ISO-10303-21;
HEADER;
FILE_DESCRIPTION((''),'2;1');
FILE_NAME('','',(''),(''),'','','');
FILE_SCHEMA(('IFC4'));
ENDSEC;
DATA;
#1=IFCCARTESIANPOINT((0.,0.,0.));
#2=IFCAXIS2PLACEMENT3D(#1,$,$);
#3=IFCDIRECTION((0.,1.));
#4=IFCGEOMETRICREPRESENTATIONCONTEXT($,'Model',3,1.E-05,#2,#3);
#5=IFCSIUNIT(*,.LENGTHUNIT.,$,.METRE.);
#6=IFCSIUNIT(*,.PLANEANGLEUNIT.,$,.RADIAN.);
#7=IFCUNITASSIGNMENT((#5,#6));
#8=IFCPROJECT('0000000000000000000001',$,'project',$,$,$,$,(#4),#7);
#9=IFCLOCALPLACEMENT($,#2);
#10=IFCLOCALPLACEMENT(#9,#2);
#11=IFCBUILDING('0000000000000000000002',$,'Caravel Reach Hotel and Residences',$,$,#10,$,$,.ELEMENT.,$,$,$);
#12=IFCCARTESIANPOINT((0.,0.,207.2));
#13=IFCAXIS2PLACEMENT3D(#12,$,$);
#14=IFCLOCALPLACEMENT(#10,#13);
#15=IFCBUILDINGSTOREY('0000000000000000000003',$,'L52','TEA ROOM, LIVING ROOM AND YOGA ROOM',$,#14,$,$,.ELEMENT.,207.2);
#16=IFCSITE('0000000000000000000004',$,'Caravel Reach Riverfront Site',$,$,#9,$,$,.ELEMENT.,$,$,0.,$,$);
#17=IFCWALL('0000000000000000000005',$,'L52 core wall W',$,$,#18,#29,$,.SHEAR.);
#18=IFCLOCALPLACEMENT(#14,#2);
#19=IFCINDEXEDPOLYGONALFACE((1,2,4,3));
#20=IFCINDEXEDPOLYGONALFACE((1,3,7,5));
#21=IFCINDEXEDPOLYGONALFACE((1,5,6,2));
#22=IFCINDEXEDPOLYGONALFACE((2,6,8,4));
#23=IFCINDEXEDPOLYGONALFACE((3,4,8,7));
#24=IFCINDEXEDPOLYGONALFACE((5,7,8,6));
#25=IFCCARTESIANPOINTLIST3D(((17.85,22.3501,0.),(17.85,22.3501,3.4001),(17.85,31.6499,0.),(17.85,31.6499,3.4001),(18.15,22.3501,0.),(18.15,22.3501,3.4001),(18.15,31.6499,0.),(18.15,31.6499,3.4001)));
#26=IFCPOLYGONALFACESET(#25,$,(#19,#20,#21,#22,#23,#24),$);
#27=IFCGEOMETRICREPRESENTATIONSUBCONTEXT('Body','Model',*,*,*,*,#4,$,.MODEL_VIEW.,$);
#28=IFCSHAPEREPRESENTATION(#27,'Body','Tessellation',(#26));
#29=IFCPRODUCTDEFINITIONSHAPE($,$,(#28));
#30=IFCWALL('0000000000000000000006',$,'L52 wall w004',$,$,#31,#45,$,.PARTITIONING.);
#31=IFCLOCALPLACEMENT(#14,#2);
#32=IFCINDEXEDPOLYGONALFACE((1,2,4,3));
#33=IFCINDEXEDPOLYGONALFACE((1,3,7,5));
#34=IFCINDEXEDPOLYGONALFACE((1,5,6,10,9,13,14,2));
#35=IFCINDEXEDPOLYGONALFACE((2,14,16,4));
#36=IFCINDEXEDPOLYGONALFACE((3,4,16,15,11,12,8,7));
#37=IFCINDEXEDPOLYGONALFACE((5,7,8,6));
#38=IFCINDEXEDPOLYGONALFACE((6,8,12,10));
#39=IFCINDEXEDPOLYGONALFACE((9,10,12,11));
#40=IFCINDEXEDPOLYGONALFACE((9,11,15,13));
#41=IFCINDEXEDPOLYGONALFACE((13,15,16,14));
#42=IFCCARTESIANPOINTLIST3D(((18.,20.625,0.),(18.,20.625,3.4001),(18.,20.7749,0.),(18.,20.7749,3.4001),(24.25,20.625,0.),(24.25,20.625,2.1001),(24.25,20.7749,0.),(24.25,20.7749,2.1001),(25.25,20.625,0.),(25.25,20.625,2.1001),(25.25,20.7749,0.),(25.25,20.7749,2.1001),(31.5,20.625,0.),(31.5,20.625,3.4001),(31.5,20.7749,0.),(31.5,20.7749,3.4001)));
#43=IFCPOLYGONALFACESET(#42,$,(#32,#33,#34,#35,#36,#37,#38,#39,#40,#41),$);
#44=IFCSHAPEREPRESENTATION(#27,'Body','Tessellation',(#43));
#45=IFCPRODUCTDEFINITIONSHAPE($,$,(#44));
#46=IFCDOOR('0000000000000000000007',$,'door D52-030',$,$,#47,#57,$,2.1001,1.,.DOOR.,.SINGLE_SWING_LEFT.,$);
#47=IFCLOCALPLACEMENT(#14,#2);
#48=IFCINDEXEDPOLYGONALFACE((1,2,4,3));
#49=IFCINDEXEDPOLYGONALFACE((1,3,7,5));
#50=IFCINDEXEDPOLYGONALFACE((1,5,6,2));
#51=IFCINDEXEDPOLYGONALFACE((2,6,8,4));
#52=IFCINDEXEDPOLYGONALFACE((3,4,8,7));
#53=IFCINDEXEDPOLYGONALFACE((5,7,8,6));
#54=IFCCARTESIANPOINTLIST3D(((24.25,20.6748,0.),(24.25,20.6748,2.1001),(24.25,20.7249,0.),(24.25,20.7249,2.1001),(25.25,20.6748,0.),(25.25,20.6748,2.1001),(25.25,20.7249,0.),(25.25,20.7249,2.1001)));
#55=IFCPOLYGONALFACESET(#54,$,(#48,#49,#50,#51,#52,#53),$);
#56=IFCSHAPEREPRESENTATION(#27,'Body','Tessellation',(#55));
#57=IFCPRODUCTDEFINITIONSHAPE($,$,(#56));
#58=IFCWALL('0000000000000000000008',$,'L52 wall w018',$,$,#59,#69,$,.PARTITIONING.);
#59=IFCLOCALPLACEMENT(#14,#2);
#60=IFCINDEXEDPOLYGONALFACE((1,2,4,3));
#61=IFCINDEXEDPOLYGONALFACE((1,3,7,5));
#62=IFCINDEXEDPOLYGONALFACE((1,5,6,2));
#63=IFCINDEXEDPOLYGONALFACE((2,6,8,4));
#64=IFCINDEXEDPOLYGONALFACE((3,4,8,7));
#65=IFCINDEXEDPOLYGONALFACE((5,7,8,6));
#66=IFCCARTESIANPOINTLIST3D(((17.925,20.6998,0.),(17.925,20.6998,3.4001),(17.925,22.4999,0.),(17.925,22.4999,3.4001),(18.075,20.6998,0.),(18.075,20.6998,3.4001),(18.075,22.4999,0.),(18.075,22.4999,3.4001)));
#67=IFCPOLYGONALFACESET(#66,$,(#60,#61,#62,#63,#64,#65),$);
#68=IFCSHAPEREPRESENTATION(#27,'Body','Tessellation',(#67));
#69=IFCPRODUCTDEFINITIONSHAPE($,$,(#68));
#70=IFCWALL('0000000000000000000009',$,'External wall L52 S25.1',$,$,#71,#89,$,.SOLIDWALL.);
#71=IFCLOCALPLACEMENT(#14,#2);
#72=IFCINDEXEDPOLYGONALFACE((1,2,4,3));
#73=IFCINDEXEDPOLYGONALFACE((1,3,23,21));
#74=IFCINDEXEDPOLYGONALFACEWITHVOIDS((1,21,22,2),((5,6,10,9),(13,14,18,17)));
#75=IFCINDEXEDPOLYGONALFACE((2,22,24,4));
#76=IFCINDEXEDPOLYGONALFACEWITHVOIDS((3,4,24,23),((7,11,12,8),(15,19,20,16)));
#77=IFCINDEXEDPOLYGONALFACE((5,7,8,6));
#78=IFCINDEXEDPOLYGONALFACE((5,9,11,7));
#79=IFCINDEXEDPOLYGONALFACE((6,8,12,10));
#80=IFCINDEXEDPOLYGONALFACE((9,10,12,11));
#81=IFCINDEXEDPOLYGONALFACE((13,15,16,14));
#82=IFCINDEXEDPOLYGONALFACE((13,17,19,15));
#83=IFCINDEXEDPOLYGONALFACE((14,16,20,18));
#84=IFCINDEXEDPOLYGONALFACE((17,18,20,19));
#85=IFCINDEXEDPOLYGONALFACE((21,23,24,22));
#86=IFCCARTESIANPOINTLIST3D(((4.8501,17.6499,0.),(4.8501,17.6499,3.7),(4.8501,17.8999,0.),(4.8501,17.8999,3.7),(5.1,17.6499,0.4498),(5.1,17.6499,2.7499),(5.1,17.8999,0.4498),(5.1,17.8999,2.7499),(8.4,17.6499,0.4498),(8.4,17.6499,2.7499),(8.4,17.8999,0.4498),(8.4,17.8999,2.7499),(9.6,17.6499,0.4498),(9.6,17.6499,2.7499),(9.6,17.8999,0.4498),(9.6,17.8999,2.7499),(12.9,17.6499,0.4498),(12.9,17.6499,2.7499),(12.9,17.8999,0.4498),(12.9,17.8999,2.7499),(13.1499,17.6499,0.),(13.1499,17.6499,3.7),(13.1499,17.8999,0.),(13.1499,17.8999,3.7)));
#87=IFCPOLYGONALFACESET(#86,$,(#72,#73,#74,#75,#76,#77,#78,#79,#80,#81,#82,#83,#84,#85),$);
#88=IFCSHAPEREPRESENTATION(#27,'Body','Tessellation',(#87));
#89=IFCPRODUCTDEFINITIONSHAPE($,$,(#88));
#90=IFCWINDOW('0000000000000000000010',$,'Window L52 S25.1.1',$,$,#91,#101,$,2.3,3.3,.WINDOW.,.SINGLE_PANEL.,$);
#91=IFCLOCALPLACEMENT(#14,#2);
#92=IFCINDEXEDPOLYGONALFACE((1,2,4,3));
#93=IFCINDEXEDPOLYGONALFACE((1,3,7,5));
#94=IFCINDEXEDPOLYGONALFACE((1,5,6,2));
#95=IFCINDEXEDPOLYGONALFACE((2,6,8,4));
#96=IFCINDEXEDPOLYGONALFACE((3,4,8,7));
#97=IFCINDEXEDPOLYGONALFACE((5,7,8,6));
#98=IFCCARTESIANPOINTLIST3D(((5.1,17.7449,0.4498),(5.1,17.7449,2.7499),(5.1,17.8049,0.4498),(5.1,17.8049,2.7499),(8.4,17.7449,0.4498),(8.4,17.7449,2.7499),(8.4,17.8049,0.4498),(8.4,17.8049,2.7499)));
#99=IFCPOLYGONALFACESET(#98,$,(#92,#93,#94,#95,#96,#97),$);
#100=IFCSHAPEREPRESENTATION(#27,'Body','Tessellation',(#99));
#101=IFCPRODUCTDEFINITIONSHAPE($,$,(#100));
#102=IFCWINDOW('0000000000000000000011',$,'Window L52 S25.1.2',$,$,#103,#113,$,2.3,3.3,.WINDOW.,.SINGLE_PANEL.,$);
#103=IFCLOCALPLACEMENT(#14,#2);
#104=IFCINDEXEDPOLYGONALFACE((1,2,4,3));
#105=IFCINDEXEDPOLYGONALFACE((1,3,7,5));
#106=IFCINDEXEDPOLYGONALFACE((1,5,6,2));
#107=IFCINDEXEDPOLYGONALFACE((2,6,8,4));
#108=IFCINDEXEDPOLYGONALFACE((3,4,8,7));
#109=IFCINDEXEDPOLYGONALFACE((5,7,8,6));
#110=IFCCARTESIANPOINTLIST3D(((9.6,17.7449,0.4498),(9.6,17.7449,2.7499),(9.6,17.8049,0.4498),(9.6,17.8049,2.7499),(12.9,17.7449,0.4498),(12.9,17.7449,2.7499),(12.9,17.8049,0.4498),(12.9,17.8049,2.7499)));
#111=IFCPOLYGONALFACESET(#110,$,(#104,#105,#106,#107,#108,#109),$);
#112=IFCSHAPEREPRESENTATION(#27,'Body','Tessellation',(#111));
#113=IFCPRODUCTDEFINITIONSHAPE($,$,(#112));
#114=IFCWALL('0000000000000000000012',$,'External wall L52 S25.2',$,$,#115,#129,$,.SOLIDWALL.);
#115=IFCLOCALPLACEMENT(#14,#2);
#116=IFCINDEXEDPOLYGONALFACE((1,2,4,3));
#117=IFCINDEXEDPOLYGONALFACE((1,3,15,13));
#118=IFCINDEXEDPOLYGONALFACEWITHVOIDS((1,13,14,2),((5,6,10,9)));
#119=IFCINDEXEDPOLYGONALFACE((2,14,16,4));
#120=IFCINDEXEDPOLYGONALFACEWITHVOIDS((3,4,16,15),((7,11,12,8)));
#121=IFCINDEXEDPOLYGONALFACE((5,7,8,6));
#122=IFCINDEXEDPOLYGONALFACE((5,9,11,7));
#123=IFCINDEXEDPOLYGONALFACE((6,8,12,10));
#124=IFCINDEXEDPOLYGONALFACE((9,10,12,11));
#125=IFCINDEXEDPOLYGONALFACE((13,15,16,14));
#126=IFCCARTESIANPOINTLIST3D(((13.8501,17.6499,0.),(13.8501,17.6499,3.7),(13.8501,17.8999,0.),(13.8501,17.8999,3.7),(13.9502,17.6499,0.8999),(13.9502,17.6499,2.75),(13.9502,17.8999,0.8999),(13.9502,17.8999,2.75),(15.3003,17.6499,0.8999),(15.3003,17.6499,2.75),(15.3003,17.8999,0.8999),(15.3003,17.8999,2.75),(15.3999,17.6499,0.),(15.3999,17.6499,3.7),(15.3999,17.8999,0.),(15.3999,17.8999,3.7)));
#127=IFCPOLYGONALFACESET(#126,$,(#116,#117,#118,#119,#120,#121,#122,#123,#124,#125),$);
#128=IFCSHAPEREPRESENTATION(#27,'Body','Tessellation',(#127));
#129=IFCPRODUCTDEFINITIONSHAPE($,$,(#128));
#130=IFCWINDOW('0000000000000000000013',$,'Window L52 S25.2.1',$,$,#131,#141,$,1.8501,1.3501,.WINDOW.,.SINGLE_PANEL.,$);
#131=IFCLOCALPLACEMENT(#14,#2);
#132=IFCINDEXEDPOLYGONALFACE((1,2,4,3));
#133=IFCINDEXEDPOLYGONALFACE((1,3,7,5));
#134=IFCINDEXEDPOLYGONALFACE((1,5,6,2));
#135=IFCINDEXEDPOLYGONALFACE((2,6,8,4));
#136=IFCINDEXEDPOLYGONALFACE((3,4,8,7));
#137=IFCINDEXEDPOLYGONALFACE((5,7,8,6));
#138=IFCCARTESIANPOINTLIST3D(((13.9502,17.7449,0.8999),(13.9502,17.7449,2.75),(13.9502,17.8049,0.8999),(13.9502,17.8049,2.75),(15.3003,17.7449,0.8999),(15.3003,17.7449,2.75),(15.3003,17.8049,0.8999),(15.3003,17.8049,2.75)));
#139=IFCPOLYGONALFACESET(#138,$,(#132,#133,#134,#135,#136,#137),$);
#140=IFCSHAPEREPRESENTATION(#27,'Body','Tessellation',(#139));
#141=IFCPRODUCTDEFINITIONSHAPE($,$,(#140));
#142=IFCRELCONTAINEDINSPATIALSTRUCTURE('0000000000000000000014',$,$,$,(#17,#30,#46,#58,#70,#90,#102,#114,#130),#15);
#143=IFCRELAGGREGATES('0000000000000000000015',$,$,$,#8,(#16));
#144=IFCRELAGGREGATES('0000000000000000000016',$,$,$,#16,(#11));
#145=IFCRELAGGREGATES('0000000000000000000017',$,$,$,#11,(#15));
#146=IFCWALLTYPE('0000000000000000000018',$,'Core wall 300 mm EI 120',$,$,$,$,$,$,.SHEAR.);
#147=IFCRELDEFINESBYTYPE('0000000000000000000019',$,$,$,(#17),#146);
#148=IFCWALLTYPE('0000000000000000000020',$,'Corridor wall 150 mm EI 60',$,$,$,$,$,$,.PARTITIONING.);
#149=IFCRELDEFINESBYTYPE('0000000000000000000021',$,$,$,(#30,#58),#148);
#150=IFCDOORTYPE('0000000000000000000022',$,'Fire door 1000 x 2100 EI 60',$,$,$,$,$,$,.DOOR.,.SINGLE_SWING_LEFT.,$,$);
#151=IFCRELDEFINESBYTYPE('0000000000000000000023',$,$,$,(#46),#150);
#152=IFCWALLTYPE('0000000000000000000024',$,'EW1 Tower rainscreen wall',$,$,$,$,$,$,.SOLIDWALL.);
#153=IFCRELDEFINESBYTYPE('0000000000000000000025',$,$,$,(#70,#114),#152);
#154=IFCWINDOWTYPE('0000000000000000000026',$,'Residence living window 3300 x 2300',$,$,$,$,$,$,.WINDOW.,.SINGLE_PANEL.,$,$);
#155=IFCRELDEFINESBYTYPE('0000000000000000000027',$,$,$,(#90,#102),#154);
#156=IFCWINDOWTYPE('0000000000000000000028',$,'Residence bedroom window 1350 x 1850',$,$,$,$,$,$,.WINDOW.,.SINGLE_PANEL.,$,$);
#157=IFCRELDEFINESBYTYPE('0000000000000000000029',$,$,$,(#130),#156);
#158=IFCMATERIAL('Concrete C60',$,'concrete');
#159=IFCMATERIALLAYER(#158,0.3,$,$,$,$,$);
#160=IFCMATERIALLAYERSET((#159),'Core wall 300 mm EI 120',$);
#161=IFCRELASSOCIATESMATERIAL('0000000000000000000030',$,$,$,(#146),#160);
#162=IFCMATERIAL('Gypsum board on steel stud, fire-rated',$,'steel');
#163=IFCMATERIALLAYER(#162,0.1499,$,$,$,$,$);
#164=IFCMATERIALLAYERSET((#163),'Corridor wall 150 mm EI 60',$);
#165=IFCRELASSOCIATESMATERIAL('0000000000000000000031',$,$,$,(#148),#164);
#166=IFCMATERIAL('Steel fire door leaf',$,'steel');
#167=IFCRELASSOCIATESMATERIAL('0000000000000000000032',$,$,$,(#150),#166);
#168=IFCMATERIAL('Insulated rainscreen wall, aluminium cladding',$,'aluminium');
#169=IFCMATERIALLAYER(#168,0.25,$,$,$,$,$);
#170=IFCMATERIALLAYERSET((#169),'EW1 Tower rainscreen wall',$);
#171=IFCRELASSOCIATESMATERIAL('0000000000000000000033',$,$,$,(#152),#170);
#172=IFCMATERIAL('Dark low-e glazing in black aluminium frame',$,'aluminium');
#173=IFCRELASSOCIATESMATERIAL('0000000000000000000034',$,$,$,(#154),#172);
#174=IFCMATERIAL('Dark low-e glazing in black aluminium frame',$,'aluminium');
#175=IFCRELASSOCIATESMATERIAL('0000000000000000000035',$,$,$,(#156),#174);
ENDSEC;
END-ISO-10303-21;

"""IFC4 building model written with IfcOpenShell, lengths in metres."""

from ifc_helpers import new_model, si_unit, direction, frame, frame_2d, origin, place, context, subcontext, project, spatial, rectangle, extrude, material, layer, layer_set, type_object, element, fill, save


model = new_model("IFC4")

# Units and contexts
model_context = context("Model", 3, precision=1e-05, world=origin(), true_north=direction((0.0, 1.0)))
body_context = subcontext(model_context, "Body", "Model", "MODEL_VIEW")
ifc_project = project(units=[si_unit("LENGTHUNIT", "METRE"), si_unit("PLANEANGLEUNIT", "RADIAN")], contexts=[model_context])

# Site, building, storey
site_placement = place(None, origin())
site = spatial("IfcSite", under=ifc_project, at=site_placement, Name="Caravel Reach Riverfront Site", CompositionType="ELEMENT", RefElevation=0.0)
building_placement = place(site_placement, origin())
building = spatial("IfcBuilding", under=site, at=building_placement, Name="Caravel Reach Hotel and Residences", CompositionType="ELEMENT")
storey_placement = place(building_placement, frame((0.0, 0.0, 207.2)))
storey = spatial("IfcBuildingStorey", under=building, at=storey_placement, Name="L52", Description="TEA ROOM, LIVING ROOM AND YOGA ROOM", CompositionType="ELEMENT", Elevation=207.2)

# Wall
ifc_material_1 = material(Name="Concrete C60", Category="concrete")
ifc_layer_1 = layer(ifc_material_1, 0.3)
ifc_layer_set_1 = layer_set([ifc_layer_1], Name="Core wall 300 mm EI 120")
wall_type_1 = type_object("IfcWallType", Name="Core wall 300 mm EI 120", PredefinedType="SHEAR", material=ifc_layer_set_1)
wall_1_placement = place(storey_placement, frame((18.0, 22.3501, 0.0), z_axis=(0.0, 0.0, 1.0), x_axis=(0.0, 1.0, 0.0)))
element("IfcWall", 1, at=wall_1_placement, inside=storey, type_object=wall_type_1, Name="L52 core wall W", PredefinedType="SHEAR", context=body_context, shape_type="SweptSolid", body=[
    extrude(rectangle(XDim=9.2998, YDim=0.3, at=frame_2d((4.6499, 0.0))), origin(), (0.0, 0.0, 1.0), 3.4001),
])

# Wall, opening, door
ifc_material_2 = material(Name="Gypsum board on steel stud, fire-rated", Category="steel")
ifc_layer_2 = layer(ifc_material_2, 0.1499)
ifc_layer_set_2 = layer_set([ifc_layer_2], Name="Corridor wall 150 mm EI 60")
wall_type_2 = type_object("IfcWallType", Name="Corridor wall 150 mm EI 60", PredefinedType="PARTITIONING", material=ifc_layer_set_2)
wall_2_placement = place(storey_placement, frame((18.0, 20.7, 0.0), z_axis=(0.0, 0.0, 1.0), x_axis=(1.0, 0.0, 0.0)))
wall_2 = element("IfcWall", 2, at=wall_2_placement, inside=storey, type_object=wall_type_2, Name="L52 wall w004", PredefinedType="PARTITIONING", context=body_context, shape_type="SweptSolid", body=[
    extrude(rectangle(XDim=13.5, YDim=0.1499, at=frame_2d((6.75, 0.0))), origin(), (0.0, 0.0, 1.0), 3.4001),
])
opening_1_placement = place(wall_2_placement, frame((6.25, 0.0, 0.0)))
opening_1 = element("IfcOpeningElement", 3, at=opening_1_placement, cuts=wall_2, PredefinedType="OPENING", context=body_context, shape_type="SweptSolid", body=[
    extrude(rectangle(XDim=1.0, YDim=2.1001, at=frame_2d((0.5, 1.05))), frame((0.0, 0.085, 0.0), z_axis=(0.0, -1.0, 0.0), x_axis=(1.0, 0.0, 0.0)), (0.0, 0.0, 1.0), 0.1699),
])
ifc_material_3 = material(Name="Steel fire door leaf", Category="steel")
door_type = type_object("IfcDoorType", Name="Fire door 1000 x 2100 EI 60", OperationType="SINGLE_SWING_LEFT", PredefinedType="DOOR", material=ifc_material_3)
door_placement = place(opening_1_placement, origin())
door = element("IfcDoor", 4, at=door_placement, inside=storey, type_object=door_type, Name="door D52-030", OperationType="SINGLE_SWING_LEFT", OverallHeight=2.1001, OverallWidth=1.0, PredefinedType="DOOR", context=body_context, shape_type="SweptSolid", body=[
    extrude(rectangle(XDim=1.0, YDim=2.1001, at=frame_2d((0.5, 1.05))), frame((0.0, 0.0249, 0.0), z_axis=(0.0, -1.0, 0.0), x_axis=(1.0, 0.0, 0.0)), (0.0, 0.0, 1.0), 0.05),
])
fill(opening_1, door)

# Wall
wall_3_placement = place(storey_placement, frame((18.0, 20.7, 0.0), z_axis=(0.0, 0.0, 1.0), x_axis=(0.0, 1.0, 0.0)))
element("IfcWall", 5, at=wall_3_placement, inside=storey, type_object=wall_type_2, Name="L52 wall w018", PredefinedType="PARTITIONING", context=body_context, shape_type="SweptSolid", body=[
    extrude(rectangle(XDim=1.8, YDim=0.1499, at=frame_2d((0.8999, 0.0))), origin(), (0.0, 0.0, 1.0), 3.4001),
])

# Wall, openings, windows
ifc_material_4 = material(Name="Insulated rainscreen wall, aluminium cladding", Category="aluminium")
ifc_layer_3 = layer(ifc_material_4, 0.25)
ifc_layer_set_3 = layer_set([ifc_layer_3], Name="EW1 Tower rainscreen wall")
wall_type_3 = type_object("IfcWallType", Name="EW1 Tower rainscreen wall", PredefinedType="SOLIDWALL", material=ifc_layer_set_3)
wall_4_placement = place(storey_placement, frame((4.8501, 17.7749, 0.0), z_axis=(0.0, 0.0, 1.0), x_axis=(1.0, 0.0, 0.0)))
wall_4 = element("IfcWall", 6, at=wall_4_placement, inside=storey, type_object=wall_type_3, Name="External wall L52 S25.1", PredefinedType="SOLIDWALL", context=body_context, shape_type="SweptSolid", body=[
    extrude(rectangle(XDim=8.2998, YDim=0.25, at=frame_2d((4.1499, 0.0))), origin(), (0.0, 0.0, 1.0), 3.7),
])
opening_2_placement = place(wall_4_placement, frame((0.25, 0.0, 0.45)))
opening_2 = element("IfcOpeningElement", 7, at=opening_2_placement, cuts=wall_4, PredefinedType="OPENING", context=body_context, shape_type="SweptSolid", body=[
    extrude(rectangle(XDim=3.3, YDim=2.3, at=frame_2d((1.6499, 1.1499))), frame((0.0, 0.135, 0.0), z_axis=(0.0, -1.0, 0.0), x_axis=(1.0, 0.0, 0.0)), (0.0, 0.0, 1.0), 0.27),
])
opening_3_placement = place(wall_4_placement, frame((4.75, 0.0, 0.45)))
opening_3 = element("IfcOpeningElement", 8, at=opening_3_placement, cuts=wall_4, PredefinedType="OPENING", context=body_context, shape_type="SweptSolid", body=[
    extrude(rectangle(XDim=3.3, YDim=2.3, at=frame_2d((1.6499, 1.1499))), frame((0.0, 0.135, 0.0), z_axis=(0.0, -1.0, 0.0), x_axis=(1.0, 0.0, 0.0)), (0.0, 0.0, 1.0), 0.27),
])
ifc_material_5 = material(Name="Dark low-e glazing in black aluminium frame", Category="aluminium")
window_type_1 = type_object("IfcWindowType", Name="Residence living window 3300 x 2300", PartitioningType="SINGLE_PANEL", PredefinedType="WINDOW", material=ifc_material_5)
window_1_placement = place(opening_2_placement, origin())
window_1 = element("IfcWindow", 9, at=window_1_placement, inside=storey, type_object=window_type_1, Name="Window L52 S25.1.1", OverallHeight=2.3, OverallWidth=3.3, PartitioningType="SINGLE_PANEL", PredefinedType="WINDOW", context=body_context, shape_type="SweptSolid", body=[
    extrude(rectangle(XDim=3.3, YDim=2.3, at=frame_2d((1.6499, 1.1499))), frame((0.0, 0.03, 0.0), z_axis=(0.0, -1.0, 0.0), x_axis=(1.0, 0.0, 0.0)), (0.0, 0.0, 1.0), 0.0601),
])
fill(opening_2, window_1)
window_2_placement = place(opening_3_placement, origin())
window_2 = element("IfcWindow", 10, at=window_2_placement, inside=storey, type_object=window_type_1, Name="Window L52 S25.1.2", OverallHeight=2.3, OverallWidth=3.3, PartitioningType="SINGLE_PANEL", PredefinedType="WINDOW", context=body_context, shape_type="SweptSolid", body=[
    extrude(rectangle(XDim=3.3, YDim=2.3, at=frame_2d((1.6499, 1.1499))), frame((0.0, 0.03, 0.0), z_axis=(0.0, -1.0, 0.0), x_axis=(1.0, 0.0, 0.0)), (0.0, 0.0, 1.0), 0.0601),
])
fill(opening_3, window_2)

# Wall, opening, window
wall_5_placement = place(storey_placement, frame((13.8501, 17.7749, 0.0), z_axis=(0.0, 0.0, 1.0), x_axis=(1.0, 0.0, 0.0)))
wall_5 = element("IfcWall", 11, at=wall_5_placement, inside=storey, type_object=wall_type_3, Name="External wall L52 S25.2", PredefinedType="SOLIDWALL", context=body_context, shape_type="SweptSolid", body=[
    extrude(rectangle(XDim=1.5498, YDim=0.25, at=frame_2d((0.7749, 0.0))), origin(), (0.0, 0.0, 1.0), 3.7),
])
opening_4_placement = place(wall_5_placement, frame((0.1001, 0.0, 0.8999)))
opening_4 = element("IfcOpeningElement", 12, at=opening_4_placement, cuts=wall_5, PredefinedType="OPENING", context=body_context, shape_type="SweptSolid", body=[
    extrude(rectangle(XDim=1.3501, YDim=1.8501, at=frame_2d((0.675, 0.925))), frame((0.0, 0.135, 0.0), z_axis=(0.0, -1.0, 0.0), x_axis=(1.0, 0.0, 0.0)), (0.0, 0.0, 1.0), 0.27),
])
ifc_material_6 = material(Name="Dark low-e glazing in black aluminium frame", Category="aluminium")
window_type_2 = type_object("IfcWindowType", Name="Residence bedroom window 1350 x 1850", PartitioningType="SINGLE_PANEL", PredefinedType="WINDOW", material=ifc_material_6)
window_3_placement = place(opening_4_placement, origin())
window_3 = element("IfcWindow", 13, at=window_3_placement, inside=storey, type_object=window_type_2, Name="Window L52 S25.2.1", OverallHeight=1.8501, OverallWidth=1.3501, PartitioningType="SINGLE_PANEL", PredefinedType="WINDOW", context=body_context, shape_type="SweptSolid", body=[
    extrude(rectangle(XDim=1.3501, YDim=1.8501, at=frame_2d((0.675, 0.925))), frame((0.0, 0.03, 0.0), z_axis=(0.0, -1.0, 0.0), x_axis=(1.0, 0.0, 0.0)), (0.0, 0.0, 1.0), 0.0601),
])
fill(opening_4, window_3)

save(model, "model.ifc")
